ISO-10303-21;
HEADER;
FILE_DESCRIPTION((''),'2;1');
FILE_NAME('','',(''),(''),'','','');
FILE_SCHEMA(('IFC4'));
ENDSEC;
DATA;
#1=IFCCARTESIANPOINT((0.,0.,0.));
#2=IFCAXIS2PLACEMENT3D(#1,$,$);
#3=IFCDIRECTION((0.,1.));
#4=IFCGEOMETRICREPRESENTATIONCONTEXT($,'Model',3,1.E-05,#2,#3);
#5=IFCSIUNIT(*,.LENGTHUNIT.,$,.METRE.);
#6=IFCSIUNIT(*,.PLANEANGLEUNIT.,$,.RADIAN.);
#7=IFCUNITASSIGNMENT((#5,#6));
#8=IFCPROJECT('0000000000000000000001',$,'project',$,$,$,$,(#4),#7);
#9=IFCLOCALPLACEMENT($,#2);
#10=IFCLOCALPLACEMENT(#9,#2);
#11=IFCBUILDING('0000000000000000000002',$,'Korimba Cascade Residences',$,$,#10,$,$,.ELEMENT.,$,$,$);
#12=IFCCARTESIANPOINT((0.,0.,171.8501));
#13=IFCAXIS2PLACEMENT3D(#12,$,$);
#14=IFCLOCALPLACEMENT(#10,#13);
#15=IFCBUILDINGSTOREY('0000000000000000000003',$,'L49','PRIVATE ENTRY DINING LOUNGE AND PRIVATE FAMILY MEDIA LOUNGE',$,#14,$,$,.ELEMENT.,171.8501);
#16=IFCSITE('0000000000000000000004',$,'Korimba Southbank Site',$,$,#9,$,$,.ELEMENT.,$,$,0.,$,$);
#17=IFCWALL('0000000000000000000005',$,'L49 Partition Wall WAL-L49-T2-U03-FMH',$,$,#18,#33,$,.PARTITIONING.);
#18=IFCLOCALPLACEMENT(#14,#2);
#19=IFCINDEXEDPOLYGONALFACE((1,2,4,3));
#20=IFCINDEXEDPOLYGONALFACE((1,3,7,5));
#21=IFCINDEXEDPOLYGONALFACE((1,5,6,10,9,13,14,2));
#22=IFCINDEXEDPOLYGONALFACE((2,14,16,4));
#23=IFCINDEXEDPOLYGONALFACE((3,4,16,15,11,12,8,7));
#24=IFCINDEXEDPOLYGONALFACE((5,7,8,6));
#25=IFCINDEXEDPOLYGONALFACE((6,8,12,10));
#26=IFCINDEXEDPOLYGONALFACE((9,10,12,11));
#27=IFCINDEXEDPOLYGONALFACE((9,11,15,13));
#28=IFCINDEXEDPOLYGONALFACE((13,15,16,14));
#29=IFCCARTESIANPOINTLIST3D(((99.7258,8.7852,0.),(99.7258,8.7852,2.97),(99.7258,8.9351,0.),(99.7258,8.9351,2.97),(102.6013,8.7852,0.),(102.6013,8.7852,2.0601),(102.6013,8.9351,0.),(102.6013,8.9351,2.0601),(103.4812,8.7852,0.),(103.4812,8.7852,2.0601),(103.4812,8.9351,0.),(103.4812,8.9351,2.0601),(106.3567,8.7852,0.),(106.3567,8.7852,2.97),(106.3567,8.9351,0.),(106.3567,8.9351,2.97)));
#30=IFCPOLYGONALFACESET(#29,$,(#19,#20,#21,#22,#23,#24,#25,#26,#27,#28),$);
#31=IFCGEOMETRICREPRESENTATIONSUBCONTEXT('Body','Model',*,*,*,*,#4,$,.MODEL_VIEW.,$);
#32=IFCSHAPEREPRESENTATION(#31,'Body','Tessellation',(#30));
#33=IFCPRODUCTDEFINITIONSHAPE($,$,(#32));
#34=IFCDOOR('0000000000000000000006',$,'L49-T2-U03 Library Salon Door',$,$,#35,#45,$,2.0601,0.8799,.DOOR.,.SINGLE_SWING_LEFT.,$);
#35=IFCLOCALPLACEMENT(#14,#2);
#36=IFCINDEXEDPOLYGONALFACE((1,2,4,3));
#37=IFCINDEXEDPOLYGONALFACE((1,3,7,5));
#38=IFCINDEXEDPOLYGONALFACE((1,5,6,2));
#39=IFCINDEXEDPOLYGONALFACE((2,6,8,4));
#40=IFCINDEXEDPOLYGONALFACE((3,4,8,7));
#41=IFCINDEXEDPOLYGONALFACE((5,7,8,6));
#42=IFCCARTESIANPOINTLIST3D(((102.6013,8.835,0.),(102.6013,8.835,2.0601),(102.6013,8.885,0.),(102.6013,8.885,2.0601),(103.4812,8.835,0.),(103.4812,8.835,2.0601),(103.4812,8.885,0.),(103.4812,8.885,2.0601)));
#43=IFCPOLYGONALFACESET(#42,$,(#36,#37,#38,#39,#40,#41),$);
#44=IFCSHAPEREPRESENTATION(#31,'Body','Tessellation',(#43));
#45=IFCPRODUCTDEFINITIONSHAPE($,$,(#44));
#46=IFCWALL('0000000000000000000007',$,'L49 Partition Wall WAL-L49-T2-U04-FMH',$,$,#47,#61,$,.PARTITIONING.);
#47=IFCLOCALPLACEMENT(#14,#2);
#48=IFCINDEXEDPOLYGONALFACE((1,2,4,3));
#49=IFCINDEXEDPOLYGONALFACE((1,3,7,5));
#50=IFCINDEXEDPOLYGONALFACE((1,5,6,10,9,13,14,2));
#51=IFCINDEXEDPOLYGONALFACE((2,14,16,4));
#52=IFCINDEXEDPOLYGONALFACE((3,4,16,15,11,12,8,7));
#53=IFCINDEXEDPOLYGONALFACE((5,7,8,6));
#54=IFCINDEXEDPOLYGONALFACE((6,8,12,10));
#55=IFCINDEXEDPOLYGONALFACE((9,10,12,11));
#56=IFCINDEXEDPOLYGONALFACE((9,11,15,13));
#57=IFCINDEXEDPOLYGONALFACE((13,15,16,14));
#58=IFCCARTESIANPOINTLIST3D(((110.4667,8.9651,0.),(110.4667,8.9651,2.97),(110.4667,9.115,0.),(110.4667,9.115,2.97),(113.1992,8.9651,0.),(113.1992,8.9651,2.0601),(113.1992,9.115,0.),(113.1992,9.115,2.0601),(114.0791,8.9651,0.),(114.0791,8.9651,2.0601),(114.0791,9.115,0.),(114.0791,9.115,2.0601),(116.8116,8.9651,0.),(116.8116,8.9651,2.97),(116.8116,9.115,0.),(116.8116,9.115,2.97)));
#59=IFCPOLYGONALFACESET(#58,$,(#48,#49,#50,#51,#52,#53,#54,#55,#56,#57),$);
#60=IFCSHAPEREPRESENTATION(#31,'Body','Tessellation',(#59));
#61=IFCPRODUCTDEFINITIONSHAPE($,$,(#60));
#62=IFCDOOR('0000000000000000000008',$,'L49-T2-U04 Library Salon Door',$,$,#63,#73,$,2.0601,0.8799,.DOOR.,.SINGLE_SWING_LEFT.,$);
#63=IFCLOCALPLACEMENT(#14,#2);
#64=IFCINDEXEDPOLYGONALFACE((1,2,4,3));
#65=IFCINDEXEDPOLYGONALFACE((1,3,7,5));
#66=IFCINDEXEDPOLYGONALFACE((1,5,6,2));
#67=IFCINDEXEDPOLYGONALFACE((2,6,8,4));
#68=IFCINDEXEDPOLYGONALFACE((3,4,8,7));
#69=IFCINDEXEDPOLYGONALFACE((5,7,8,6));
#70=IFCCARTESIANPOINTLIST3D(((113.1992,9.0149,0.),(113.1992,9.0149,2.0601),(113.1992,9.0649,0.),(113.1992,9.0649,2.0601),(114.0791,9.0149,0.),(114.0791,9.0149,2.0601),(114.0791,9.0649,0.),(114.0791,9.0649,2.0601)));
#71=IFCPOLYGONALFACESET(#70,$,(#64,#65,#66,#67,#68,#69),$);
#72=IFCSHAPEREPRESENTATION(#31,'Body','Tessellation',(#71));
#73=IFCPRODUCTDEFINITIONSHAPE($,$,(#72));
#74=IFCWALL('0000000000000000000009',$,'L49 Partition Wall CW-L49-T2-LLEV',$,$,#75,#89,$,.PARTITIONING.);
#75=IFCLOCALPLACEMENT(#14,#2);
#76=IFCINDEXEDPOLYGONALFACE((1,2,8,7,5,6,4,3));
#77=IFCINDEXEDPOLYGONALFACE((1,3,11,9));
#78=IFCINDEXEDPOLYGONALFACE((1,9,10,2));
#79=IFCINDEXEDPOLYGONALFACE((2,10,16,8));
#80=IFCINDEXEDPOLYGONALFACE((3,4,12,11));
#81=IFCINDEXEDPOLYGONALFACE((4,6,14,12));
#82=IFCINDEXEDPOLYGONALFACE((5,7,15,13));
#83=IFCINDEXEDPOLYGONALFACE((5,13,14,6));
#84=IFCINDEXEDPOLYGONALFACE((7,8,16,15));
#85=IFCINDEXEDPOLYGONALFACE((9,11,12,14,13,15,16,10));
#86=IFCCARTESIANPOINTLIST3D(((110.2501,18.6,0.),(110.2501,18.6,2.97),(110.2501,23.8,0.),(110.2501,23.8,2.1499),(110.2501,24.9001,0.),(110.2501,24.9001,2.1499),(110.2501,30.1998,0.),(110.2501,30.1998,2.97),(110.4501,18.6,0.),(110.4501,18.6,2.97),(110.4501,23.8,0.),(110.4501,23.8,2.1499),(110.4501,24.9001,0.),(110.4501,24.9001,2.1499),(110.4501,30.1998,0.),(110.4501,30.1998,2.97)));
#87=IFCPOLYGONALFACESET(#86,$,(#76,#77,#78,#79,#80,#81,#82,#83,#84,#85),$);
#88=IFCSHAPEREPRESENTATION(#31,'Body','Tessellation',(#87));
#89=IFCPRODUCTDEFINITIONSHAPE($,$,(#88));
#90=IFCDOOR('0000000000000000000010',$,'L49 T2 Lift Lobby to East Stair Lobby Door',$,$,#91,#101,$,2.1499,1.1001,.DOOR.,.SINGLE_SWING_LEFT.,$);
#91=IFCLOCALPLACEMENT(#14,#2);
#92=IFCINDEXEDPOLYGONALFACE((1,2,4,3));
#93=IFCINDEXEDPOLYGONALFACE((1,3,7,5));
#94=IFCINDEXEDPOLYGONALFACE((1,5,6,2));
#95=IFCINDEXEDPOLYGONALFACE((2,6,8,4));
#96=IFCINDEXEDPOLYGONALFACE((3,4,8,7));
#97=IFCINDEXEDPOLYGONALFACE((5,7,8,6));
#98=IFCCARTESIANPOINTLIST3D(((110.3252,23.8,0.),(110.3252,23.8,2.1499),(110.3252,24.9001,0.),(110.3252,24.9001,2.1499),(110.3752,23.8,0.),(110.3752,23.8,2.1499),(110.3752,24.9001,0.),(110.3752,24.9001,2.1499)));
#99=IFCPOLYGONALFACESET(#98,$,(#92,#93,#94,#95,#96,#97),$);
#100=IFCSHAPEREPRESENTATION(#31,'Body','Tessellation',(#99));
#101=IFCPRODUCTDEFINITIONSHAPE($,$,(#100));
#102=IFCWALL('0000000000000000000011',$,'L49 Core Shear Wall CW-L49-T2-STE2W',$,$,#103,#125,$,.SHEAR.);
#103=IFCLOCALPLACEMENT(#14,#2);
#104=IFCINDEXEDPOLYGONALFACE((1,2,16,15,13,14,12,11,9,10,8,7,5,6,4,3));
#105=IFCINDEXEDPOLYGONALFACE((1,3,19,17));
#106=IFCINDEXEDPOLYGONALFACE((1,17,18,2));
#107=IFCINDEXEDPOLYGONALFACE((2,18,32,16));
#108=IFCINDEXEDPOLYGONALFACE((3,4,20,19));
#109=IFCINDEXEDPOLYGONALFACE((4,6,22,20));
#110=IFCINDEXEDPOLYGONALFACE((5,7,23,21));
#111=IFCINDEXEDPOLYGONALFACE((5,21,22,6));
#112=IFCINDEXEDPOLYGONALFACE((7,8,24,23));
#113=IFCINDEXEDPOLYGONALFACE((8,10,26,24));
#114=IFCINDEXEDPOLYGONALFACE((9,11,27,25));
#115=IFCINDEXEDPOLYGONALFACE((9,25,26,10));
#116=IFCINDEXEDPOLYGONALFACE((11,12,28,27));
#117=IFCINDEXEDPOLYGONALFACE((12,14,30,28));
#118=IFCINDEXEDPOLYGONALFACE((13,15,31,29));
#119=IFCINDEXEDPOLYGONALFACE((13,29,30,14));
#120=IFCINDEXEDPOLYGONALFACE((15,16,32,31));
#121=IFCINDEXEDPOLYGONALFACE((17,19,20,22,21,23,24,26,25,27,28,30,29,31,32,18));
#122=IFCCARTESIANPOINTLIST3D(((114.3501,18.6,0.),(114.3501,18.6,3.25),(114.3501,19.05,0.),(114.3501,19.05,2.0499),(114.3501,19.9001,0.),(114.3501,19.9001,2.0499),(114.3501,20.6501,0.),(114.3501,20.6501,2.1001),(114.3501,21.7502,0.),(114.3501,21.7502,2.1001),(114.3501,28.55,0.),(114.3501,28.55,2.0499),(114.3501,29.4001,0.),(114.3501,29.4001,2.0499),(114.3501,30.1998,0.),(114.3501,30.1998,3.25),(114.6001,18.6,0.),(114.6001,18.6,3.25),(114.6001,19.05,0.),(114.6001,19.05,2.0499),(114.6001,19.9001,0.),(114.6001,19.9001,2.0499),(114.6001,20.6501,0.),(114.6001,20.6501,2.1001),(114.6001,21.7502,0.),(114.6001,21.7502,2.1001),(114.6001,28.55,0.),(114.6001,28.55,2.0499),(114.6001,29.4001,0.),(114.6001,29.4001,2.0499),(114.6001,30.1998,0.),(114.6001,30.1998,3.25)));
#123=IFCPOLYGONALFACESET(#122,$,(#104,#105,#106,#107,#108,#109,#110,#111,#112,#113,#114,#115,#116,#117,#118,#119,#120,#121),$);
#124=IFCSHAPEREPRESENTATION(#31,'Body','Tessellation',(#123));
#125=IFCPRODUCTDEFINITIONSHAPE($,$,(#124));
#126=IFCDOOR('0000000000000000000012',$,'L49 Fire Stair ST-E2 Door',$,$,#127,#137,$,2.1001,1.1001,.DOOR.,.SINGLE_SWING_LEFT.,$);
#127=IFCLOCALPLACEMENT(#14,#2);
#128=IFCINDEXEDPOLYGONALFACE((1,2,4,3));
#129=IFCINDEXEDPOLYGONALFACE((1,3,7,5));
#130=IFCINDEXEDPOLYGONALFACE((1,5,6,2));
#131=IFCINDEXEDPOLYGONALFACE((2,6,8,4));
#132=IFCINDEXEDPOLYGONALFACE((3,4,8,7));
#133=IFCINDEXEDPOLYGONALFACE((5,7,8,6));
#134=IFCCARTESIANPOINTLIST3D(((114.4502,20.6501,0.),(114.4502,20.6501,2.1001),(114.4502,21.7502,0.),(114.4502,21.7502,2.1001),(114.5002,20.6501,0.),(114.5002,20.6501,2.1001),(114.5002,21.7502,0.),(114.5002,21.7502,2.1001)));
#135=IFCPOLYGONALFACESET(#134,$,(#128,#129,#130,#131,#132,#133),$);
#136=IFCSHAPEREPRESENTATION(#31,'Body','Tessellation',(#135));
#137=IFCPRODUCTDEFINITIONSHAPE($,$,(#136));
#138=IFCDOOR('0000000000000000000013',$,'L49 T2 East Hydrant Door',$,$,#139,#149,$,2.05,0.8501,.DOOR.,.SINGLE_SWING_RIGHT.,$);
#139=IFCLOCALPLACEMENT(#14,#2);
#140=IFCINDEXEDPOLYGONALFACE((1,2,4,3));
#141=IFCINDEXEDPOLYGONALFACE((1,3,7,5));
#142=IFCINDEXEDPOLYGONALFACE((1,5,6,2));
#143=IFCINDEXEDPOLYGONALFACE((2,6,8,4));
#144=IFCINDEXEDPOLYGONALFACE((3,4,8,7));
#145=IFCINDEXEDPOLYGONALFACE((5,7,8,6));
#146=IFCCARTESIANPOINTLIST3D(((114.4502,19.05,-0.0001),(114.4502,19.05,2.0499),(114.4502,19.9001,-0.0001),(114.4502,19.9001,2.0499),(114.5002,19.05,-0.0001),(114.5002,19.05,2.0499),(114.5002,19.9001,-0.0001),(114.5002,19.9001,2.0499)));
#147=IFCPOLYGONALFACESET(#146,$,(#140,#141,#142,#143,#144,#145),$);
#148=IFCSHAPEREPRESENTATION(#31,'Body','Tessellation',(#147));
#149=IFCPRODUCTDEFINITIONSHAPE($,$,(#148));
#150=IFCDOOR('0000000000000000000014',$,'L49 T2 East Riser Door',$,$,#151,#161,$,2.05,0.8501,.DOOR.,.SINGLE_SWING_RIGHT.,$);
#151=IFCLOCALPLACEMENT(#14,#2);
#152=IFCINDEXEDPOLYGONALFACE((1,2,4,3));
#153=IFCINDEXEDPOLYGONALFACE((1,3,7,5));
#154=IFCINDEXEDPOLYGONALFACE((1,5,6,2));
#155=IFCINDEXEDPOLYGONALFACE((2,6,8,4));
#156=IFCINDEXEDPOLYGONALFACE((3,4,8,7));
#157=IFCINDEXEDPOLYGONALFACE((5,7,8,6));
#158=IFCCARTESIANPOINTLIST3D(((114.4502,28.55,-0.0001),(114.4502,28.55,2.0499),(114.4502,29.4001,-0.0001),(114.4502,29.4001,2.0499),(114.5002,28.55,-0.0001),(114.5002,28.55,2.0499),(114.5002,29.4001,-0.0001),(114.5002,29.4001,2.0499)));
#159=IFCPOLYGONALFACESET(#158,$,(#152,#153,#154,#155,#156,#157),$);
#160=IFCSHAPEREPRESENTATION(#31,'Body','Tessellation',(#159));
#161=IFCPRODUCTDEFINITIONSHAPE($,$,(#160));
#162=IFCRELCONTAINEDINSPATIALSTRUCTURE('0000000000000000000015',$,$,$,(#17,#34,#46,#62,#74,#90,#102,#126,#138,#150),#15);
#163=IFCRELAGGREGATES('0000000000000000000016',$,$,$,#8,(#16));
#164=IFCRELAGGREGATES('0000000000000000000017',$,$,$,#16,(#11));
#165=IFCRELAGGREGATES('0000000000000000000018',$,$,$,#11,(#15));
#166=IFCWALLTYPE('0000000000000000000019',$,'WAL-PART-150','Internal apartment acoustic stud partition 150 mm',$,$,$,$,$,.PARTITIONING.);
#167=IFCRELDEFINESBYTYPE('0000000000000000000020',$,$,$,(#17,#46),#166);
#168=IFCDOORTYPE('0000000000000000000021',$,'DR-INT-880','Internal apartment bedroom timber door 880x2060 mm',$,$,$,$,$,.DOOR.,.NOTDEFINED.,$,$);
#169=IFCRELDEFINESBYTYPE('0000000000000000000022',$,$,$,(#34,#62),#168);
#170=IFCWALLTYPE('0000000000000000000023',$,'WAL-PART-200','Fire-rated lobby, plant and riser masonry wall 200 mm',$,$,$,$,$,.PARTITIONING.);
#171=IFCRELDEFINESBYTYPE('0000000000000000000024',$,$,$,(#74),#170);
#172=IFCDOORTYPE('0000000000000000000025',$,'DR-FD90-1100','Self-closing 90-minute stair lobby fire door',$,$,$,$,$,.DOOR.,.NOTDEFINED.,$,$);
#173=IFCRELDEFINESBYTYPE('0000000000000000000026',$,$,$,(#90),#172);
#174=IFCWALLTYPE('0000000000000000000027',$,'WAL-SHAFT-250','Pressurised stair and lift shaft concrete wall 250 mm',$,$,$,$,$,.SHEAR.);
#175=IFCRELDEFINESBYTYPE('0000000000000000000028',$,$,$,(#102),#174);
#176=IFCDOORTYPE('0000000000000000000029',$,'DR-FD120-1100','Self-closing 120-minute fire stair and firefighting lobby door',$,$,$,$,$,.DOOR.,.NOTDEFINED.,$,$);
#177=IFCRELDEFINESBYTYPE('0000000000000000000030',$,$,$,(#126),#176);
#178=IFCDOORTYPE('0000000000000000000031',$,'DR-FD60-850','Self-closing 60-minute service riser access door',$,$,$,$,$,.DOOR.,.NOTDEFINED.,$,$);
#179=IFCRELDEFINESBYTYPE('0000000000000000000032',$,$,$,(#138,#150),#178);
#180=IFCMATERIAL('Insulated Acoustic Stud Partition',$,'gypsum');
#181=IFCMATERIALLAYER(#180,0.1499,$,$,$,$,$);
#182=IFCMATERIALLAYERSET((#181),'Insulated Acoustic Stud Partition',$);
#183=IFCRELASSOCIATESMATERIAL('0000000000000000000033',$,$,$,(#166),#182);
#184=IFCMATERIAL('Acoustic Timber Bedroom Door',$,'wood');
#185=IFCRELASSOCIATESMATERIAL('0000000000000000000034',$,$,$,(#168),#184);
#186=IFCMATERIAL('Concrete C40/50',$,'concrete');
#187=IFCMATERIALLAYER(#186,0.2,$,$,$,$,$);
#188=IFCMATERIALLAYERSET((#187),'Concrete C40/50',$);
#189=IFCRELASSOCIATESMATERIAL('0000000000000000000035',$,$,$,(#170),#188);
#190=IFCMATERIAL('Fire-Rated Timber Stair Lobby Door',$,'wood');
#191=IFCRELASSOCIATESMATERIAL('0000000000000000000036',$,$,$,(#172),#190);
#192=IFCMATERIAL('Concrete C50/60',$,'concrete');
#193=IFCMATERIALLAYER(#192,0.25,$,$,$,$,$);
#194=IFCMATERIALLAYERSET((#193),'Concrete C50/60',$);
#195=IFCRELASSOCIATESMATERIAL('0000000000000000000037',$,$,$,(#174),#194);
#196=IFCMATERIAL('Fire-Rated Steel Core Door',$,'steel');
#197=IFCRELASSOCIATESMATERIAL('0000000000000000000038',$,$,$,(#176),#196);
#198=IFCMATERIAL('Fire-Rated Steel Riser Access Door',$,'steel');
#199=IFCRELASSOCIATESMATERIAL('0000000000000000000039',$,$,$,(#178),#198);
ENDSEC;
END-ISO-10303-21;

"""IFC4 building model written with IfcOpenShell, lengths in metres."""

from ifc_helpers import new_model, si_unit, direction, frame, frame_2d, origin, place, context, subcontext, project, spatial, rectangle, extrude, material, layer, layer_set, type_object, element, fill, save


model = new_model("IFC4")

# Units and contexts
model_context = context("Model", 3, precision=1e-05, world=origin(), true_north=direction((0.0, 1.0)))
body_context = subcontext(model_context, "Body", "Model", "MODEL_VIEW")
ifc_project = project(units=[si_unit("LENGTHUNIT", "METRE"), si_unit("PLANEANGLEUNIT", "RADIAN")], contexts=[model_context])

# Site, building, storey
site_placement = place(None, origin())
site = spatial("IfcSite", under=ifc_project, at=site_placement, Name="Korimba Southbank Site", CompositionType="ELEMENT", RefElevation=0.0)
building_placement = place(site_placement, origin())
building = spatial("IfcBuilding", under=site, at=building_placement, Name="Korimba Cascade Residences", CompositionType="ELEMENT")
storey_placement = place(building_placement, frame((0.0, 0.0, 171.8501)))
storey = spatial("IfcBuildingStorey", under=building, at=storey_placement, Name="L49", Description="PRIVATE ENTRY DINING LOUNGE AND PRIVATE FAMILY MEDIA LOUNGE", CompositionType="ELEMENT", Elevation=171.8501)

# Shared definitions
ifc_material_1 = material(Name="Concrete C50/60", Category="concrete")

# Shared definitions
ifc_material_2 = material(Name="Insulated Acoustic Stud Partition", Category="gypsum")
ifc_layer_1 = layer(ifc_material_2, 0.1499)
ifc_layer_set_1 = layer_set([ifc_layer_1], Name="Insulated Acoustic Stud Partition")
wall_type_1 = type_object("IfcWallType", Name="WAL-PART-150", Description="Internal apartment acoustic stud partition 150 mm", PredefinedType="PARTITIONING", material=ifc_layer_set_1)

# Walls, openings, doors
wall_1_placement = place(storey_placement, frame((99.7258, 8.8601, 0.0), z_axis=(0.0, 0.0, 1.0), x_axis=(1.0, 0.0, 0.0)))
wall_1 = element("IfcWall", 1, at=wall_1_placement, inside=storey, type_object=wall_type_1, Name="L49 Partition Wall WAL-L49-T2-U03-FMH", PredefinedType="PARTITIONING", context=body_context, shape_type="SweptSolid", body=[
    extrude(rectangle(XDim=6.6309, YDim=0.1499, at=frame_2d((3.3154, 0.0))), origin(), (0.0, 0.0, 1.0), 2.97),
])
opening_1_placement = place(wall_1_placement, frame((2.8755, 0.0, 0.0)))
opening_1 = element("IfcOpeningElement", 2, at=opening_1_placement, cuts=wall_1, PredefinedType="OPENING", context=body_context, shape_type="SweptSolid", body=[
    extrude(rectangle(XDim=0.8799, YDim=2.0601, at=frame_2d((0.4399, 1.03))), frame((0.0, 0.085, 0.0), z_axis=(0.0, -1.0, 0.0), x_axis=(1.0, 0.0, 0.0)), (0.0, 0.0, 1.0), 0.1699),
])
ifc_material_3 = material(Name="Acoustic Timber Bedroom Door", Category="wood")
door_type_1 = type_object("IfcDoorType", Name="DR-INT-880", Description="Internal apartment bedroom timber door 880x2060 mm", OperationType="NOTDEFINED", PredefinedType="DOOR", material=ifc_material_3)
door_1_placement = place(opening_1_placement, origin())
door_1 = element("IfcDoor", 3, at=door_1_placement, inside=storey, type_object=door_type_1, Name="L49-T2-U03 Library Salon Door", OperationType="SINGLE_SWING_LEFT", OverallHeight=2.0601, OverallWidth=0.8799, PredefinedType="DOOR", context=body_context, shape_type="SweptSolid", body=[
    extrude(rectangle(XDim=0.8799, YDim=2.0601, at=frame_2d((0.4399, 1.03))), frame((0.0, 0.0249, 0.0), z_axis=(0.0, -1.0, 0.0), x_axis=(1.0, 0.0, 0.0)), (0.0, 0.0, 1.0), 0.05),
])
fill(opening_1, door_1)
wall_2_placement = place(storey_placement, frame((110.4668, 9.04, 0.0), z_axis=(0.0, 0.0, 1.0), x_axis=(1.0, 0.0, 0.0)))
wall_2 = element("IfcWall", 4, at=wall_2_placement, inside=storey, type_object=wall_type_1, Name="L49 Partition Wall WAL-L49-T2-U04-FMH", PredefinedType="PARTITIONING", context=body_context, shape_type="SweptSolid", body=[
    extrude(rectangle(XDim=6.345, YDim=0.1499, at=frame_2d((3.1724, 0.0))), origin(), (0.0, 0.0, 1.0), 2.97),
])
opening_2_placement = place(wall_2_placement, frame((2.7324, 0.0, 0.0)))
opening_2 = element("IfcOpeningElement", 5, at=opening_2_placement, cuts=wall_2, PredefinedType="OPENING", context=body_context, shape_type="SweptSolid", body=[
    extrude(rectangle(XDim=0.8799, YDim=2.0601, at=frame_2d((0.4399, 1.03))), frame((0.0, 0.085, 0.0), z_axis=(0.0, -1.0, 0.0), x_axis=(1.0, 0.0, 0.0)), (0.0, 0.0, 1.0), 0.1699),
])
door_2_placement = place(opening_2_placement, origin())
door_2 = element("IfcDoor", 6, at=door_2_placement, inside=storey, type_object=door_type_1, Name="L49-T2-U04 Library Salon Door", OperationType="SINGLE_SWING_LEFT", OverallHeight=2.0601, OverallWidth=0.8799, PredefinedType="DOOR", context=body_context, shape_type="SweptSolid", body=[
    extrude(rectangle(XDim=0.8799, YDim=2.0601, at=frame_2d((0.4399, 1.03))), frame((0.0, 0.0249, 0.0), z_axis=(0.0, -1.0, 0.0), x_axis=(1.0, 0.0, 0.0)), (0.0, 0.0, 1.0), 0.05),
])
fill(opening_2, door_2)
ifc_material_4 = material(Name="Concrete C40/50", Category="concrete")
ifc_layer_2 = layer(ifc_material_4, 0.2)
ifc_layer_set_2 = layer_set([ifc_layer_2], Name="Concrete C40/50")
wall_type_2 = type_object("IfcWallType", Name="WAL-PART-200", Description="Fire-rated lobby, plant and riser masonry wall 200 mm", PredefinedType="PARTITIONING", material=ifc_layer_set_2)
wall_3_placement = place(storey_placement, frame((110.3501, 18.6001, 0.0), z_axis=(0.0, 0.0, 1.0), x_axis=(0.0, 1.0, 0.0)))
wall_3 = element("IfcWall", 7, at=wall_3_placement, inside=storey, type_object=wall_type_2, Name="L49 Partition Wall CW-L49-T2-LLEV", PredefinedType="PARTITIONING", context=body_context, shape_type="SweptSolid", body=[
    extrude(rectangle(XDim=11.5999, YDim=0.2, at=frame_2d((5.7998, 0.0))), origin(), (0.0, 0.0, 1.0), 2.97),
])
opening_3_placement = place(wall_3_placement, frame((5.2, 0.0, 0.0)))
opening_3 = element("IfcOpeningElement", 8, at=opening_3_placement, cuts=wall_3, PredefinedType="OPENING", context=body_context, shape_type="SweptSolid", body=[
    extrude(rectangle(XDim=1.1001, YDim=2.1499, at=frame_2d((0.55, 1.075))), frame((0.0, 0.1099, 0.0), z_axis=(0.0, -1.0, 0.0), x_axis=(1.0, 0.0, 0.0)), (0.0, 0.0, 1.0), 0.22),
])
ifc_material_5 = material(Name="Fire-Rated Timber Stair Lobby Door", Category="wood")
door_type_2 = type_object("IfcDoorType", Name="DR-FD90-1100", Description="Self-closing 90-minute stair lobby fire door", OperationType="NOTDEFINED", PredefinedType="DOOR", material=ifc_material_5)
door_3_placement = place(opening_3_placement, origin())
door_3 = element("IfcDoor", 9, at=door_3_placement, inside=storey, type_object=door_type_2, Name="L49 T2 Lift Lobby to East Stair Lobby Door", OperationType="SINGLE_SWING_LEFT", OverallHeight=2.1499, OverallWidth=1.1001, PredefinedType="DOOR", context=body_context, shape_type="SweptSolid", body=[
    extrude(rectangle(XDim=1.1001, YDim=2.1499, at=frame_2d((0.55, 1.075))), frame((0.0, 0.0249, 0.0), z_axis=(0.0, -1.0, 0.0), x_axis=(1.0, 0.0, 0.0)), (0.0, 0.0, 1.0), 0.05),
])
fill(opening_3, door_3)

# Wall, openings, doors
ifc_layer_3 = layer(ifc_material_1, 0.25)
ifc_layer_set_3 = layer_set([ifc_layer_3], Name="Concrete C50/60")
wall_type_3 = type_object("IfcWallType", Name="WAL-SHAFT-250", Description="Pressurised stair and lift shaft concrete wall 250 mm", PredefinedType="SHEAR", material=ifc_layer_set_3)
wall_4_placement = place(storey_placement, frame((114.4751, 18.6001, 0.0), z_axis=(0.0, 0.0, 1.0), x_axis=(0.0, 1.0, 0.0)))
wall_4 = element("IfcWall", 10, at=wall_4_placement, inside=storey, type_object=wall_type_3, Name="L49 Core Shear Wall CW-L49-T2-STE2W", PredefinedType="SHEAR", context=body_context, shape_type="SweptSolid", body=[
    extrude(rectangle(XDim=11.5999, YDim=0.25, at=frame_2d((5.7998, 0.0))), origin(), (0.0, 0.0, 1.0), 3.25),
])
opening_4_placement = place(wall_4_placement, frame((0.45, 0.0, 0.0)))
opening_4 = element("IfcOpeningElement", 11, at=opening_4_placement, cuts=wall_4, PredefinedType="OPENING", context=body_context, shape_type="SweptSolid", body=[
    extrude(rectangle(XDim=0.8501, YDim=2.05, at=frame_2d((0.425, 1.0249))), frame((0.0, 0.135, 0.0), z_axis=(0.0, -1.0, 0.0), x_axis=(1.0, 0.0, 0.0)), (0.0, 0.0, 1.0), 0.27),
])
opening_5_placement = place(wall_4_placement, frame((2.05, 0.0, 0.0)))
opening_5 = element("IfcOpeningElement", 12, at=opening_5_placement, cuts=wall_4, PredefinedType="OPENING", context=body_context, shape_type="SweptSolid", body=[
    extrude(rectangle(XDim=1.1001, YDim=2.1001, at=frame_2d((0.55, 1.05))), frame((0.0, 0.135, 0.0), z_axis=(0.0, -1.0, 0.0), x_axis=(1.0, 0.0, 0.0)), (0.0, 0.0, 1.0), 0.27),
])
opening_6_placement = place(wall_4_placement, frame((9.95, 0.0, 0.0)))
opening_6 = element("IfcOpeningElement", 13, at=opening_6_placement, cuts=wall_4, PredefinedType="OPENING", context=body_context, shape_type="SweptSolid", body=[
    extrude(rectangle(XDim=0.8501, YDim=2.05, at=frame_2d((0.425, 1.0249))), frame((0.0, 0.135, 0.0), z_axis=(0.0, -1.0, 0.0), x_axis=(1.0, 0.0, 0.0)), (0.0, 0.0, 1.0), 0.27),
])
ifc_material_6 = material(Name="Fire-Rated Steel Core Door", Category="steel")
door_type_3 = type_object("IfcDoorType", Name="DR-FD120-1100", Description="Self-closing 120-minute fire stair and firefighting lobby door", OperationType="NOTDEFINED", PredefinedType="DOOR", material=ifc_material_6)
door_4_placement = place(opening_5_placement, origin())
door_4 = element("IfcDoor", 14, at=door_4_placement, inside=storey, type_object=door_type_3, Name="L49 Fire Stair ST-E2 Door", OperationType="SINGLE_SWING_LEFT", OverallHeight=2.1001, OverallWidth=1.1001, PredefinedType="DOOR", context=body_context, shape_type="SweptSolid", body=[
    extrude(rectangle(XDim=1.1001, YDim=2.1001, at=frame_2d((0.55, 1.05))), frame((0.0, 0.0249, 0.0), z_axis=(0.0, -1.0, 0.0), x_axis=(1.0, 0.0, 0.0)), (0.0, 0.0, 1.0), 0.05),
])
fill(opening_5, door_4)
ifc_material_7 = material(Name="Fire-Rated Steel Riser Access Door", Category="steel")
door_type_4 = type_object("IfcDoorType", Name="DR-FD60-850", Description="Self-closing 60-minute service riser access door", OperationType="NOTDEFINED", PredefinedType="DOOR", material=ifc_material_7)
door_5_placement = place(opening_4_placement, origin())
door_5 = element("IfcDoor", 15, at=door_5_placement, inside=storey, type_object=door_type_4, Name="L49 T2 East Hydrant Door", OperationType="SINGLE_SWING_RIGHT", OverallHeight=2.05, OverallWidth=0.8501, PredefinedType="DOOR", context=body_context, shape_type="SweptSolid", body=[
    extrude(rectangle(XDim=0.8501, YDim=2.05, at=frame_2d((0.425, 1.0249))), frame((0.0, 0.0249, 0.0), z_axis=(0.0, -1.0, 0.0), x_axis=(1.0, 0.0, 0.0)), (0.0, 0.0, 1.0), 0.05),
])
fill(opening_4, door_5)
door_6_placement = place(opening_6_placement, origin())
door_6 = element("IfcDoor", 16, at=door_6_placement, inside=storey, type_object=door_type_4, Name="L49 T2 East Riser Door", OperationType="SINGLE_SWING_RIGHT", OverallHeight=2.05, OverallWidth=0.8501, PredefinedType="DOOR", context=body_context, shape_type="SweptSolid", body=[
    extrude(rectangle(XDim=0.8501, YDim=2.05, at=frame_2d((0.425, 1.0249))), frame((0.0, 0.0249, 0.0), z_axis=(0.0, -1.0, 0.0), x_axis=(1.0, 0.0, 0.0)), (0.0, 0.0, 1.0), 0.05),
])
fill(opening_6, door_6)

save(model, "model.ifc")
